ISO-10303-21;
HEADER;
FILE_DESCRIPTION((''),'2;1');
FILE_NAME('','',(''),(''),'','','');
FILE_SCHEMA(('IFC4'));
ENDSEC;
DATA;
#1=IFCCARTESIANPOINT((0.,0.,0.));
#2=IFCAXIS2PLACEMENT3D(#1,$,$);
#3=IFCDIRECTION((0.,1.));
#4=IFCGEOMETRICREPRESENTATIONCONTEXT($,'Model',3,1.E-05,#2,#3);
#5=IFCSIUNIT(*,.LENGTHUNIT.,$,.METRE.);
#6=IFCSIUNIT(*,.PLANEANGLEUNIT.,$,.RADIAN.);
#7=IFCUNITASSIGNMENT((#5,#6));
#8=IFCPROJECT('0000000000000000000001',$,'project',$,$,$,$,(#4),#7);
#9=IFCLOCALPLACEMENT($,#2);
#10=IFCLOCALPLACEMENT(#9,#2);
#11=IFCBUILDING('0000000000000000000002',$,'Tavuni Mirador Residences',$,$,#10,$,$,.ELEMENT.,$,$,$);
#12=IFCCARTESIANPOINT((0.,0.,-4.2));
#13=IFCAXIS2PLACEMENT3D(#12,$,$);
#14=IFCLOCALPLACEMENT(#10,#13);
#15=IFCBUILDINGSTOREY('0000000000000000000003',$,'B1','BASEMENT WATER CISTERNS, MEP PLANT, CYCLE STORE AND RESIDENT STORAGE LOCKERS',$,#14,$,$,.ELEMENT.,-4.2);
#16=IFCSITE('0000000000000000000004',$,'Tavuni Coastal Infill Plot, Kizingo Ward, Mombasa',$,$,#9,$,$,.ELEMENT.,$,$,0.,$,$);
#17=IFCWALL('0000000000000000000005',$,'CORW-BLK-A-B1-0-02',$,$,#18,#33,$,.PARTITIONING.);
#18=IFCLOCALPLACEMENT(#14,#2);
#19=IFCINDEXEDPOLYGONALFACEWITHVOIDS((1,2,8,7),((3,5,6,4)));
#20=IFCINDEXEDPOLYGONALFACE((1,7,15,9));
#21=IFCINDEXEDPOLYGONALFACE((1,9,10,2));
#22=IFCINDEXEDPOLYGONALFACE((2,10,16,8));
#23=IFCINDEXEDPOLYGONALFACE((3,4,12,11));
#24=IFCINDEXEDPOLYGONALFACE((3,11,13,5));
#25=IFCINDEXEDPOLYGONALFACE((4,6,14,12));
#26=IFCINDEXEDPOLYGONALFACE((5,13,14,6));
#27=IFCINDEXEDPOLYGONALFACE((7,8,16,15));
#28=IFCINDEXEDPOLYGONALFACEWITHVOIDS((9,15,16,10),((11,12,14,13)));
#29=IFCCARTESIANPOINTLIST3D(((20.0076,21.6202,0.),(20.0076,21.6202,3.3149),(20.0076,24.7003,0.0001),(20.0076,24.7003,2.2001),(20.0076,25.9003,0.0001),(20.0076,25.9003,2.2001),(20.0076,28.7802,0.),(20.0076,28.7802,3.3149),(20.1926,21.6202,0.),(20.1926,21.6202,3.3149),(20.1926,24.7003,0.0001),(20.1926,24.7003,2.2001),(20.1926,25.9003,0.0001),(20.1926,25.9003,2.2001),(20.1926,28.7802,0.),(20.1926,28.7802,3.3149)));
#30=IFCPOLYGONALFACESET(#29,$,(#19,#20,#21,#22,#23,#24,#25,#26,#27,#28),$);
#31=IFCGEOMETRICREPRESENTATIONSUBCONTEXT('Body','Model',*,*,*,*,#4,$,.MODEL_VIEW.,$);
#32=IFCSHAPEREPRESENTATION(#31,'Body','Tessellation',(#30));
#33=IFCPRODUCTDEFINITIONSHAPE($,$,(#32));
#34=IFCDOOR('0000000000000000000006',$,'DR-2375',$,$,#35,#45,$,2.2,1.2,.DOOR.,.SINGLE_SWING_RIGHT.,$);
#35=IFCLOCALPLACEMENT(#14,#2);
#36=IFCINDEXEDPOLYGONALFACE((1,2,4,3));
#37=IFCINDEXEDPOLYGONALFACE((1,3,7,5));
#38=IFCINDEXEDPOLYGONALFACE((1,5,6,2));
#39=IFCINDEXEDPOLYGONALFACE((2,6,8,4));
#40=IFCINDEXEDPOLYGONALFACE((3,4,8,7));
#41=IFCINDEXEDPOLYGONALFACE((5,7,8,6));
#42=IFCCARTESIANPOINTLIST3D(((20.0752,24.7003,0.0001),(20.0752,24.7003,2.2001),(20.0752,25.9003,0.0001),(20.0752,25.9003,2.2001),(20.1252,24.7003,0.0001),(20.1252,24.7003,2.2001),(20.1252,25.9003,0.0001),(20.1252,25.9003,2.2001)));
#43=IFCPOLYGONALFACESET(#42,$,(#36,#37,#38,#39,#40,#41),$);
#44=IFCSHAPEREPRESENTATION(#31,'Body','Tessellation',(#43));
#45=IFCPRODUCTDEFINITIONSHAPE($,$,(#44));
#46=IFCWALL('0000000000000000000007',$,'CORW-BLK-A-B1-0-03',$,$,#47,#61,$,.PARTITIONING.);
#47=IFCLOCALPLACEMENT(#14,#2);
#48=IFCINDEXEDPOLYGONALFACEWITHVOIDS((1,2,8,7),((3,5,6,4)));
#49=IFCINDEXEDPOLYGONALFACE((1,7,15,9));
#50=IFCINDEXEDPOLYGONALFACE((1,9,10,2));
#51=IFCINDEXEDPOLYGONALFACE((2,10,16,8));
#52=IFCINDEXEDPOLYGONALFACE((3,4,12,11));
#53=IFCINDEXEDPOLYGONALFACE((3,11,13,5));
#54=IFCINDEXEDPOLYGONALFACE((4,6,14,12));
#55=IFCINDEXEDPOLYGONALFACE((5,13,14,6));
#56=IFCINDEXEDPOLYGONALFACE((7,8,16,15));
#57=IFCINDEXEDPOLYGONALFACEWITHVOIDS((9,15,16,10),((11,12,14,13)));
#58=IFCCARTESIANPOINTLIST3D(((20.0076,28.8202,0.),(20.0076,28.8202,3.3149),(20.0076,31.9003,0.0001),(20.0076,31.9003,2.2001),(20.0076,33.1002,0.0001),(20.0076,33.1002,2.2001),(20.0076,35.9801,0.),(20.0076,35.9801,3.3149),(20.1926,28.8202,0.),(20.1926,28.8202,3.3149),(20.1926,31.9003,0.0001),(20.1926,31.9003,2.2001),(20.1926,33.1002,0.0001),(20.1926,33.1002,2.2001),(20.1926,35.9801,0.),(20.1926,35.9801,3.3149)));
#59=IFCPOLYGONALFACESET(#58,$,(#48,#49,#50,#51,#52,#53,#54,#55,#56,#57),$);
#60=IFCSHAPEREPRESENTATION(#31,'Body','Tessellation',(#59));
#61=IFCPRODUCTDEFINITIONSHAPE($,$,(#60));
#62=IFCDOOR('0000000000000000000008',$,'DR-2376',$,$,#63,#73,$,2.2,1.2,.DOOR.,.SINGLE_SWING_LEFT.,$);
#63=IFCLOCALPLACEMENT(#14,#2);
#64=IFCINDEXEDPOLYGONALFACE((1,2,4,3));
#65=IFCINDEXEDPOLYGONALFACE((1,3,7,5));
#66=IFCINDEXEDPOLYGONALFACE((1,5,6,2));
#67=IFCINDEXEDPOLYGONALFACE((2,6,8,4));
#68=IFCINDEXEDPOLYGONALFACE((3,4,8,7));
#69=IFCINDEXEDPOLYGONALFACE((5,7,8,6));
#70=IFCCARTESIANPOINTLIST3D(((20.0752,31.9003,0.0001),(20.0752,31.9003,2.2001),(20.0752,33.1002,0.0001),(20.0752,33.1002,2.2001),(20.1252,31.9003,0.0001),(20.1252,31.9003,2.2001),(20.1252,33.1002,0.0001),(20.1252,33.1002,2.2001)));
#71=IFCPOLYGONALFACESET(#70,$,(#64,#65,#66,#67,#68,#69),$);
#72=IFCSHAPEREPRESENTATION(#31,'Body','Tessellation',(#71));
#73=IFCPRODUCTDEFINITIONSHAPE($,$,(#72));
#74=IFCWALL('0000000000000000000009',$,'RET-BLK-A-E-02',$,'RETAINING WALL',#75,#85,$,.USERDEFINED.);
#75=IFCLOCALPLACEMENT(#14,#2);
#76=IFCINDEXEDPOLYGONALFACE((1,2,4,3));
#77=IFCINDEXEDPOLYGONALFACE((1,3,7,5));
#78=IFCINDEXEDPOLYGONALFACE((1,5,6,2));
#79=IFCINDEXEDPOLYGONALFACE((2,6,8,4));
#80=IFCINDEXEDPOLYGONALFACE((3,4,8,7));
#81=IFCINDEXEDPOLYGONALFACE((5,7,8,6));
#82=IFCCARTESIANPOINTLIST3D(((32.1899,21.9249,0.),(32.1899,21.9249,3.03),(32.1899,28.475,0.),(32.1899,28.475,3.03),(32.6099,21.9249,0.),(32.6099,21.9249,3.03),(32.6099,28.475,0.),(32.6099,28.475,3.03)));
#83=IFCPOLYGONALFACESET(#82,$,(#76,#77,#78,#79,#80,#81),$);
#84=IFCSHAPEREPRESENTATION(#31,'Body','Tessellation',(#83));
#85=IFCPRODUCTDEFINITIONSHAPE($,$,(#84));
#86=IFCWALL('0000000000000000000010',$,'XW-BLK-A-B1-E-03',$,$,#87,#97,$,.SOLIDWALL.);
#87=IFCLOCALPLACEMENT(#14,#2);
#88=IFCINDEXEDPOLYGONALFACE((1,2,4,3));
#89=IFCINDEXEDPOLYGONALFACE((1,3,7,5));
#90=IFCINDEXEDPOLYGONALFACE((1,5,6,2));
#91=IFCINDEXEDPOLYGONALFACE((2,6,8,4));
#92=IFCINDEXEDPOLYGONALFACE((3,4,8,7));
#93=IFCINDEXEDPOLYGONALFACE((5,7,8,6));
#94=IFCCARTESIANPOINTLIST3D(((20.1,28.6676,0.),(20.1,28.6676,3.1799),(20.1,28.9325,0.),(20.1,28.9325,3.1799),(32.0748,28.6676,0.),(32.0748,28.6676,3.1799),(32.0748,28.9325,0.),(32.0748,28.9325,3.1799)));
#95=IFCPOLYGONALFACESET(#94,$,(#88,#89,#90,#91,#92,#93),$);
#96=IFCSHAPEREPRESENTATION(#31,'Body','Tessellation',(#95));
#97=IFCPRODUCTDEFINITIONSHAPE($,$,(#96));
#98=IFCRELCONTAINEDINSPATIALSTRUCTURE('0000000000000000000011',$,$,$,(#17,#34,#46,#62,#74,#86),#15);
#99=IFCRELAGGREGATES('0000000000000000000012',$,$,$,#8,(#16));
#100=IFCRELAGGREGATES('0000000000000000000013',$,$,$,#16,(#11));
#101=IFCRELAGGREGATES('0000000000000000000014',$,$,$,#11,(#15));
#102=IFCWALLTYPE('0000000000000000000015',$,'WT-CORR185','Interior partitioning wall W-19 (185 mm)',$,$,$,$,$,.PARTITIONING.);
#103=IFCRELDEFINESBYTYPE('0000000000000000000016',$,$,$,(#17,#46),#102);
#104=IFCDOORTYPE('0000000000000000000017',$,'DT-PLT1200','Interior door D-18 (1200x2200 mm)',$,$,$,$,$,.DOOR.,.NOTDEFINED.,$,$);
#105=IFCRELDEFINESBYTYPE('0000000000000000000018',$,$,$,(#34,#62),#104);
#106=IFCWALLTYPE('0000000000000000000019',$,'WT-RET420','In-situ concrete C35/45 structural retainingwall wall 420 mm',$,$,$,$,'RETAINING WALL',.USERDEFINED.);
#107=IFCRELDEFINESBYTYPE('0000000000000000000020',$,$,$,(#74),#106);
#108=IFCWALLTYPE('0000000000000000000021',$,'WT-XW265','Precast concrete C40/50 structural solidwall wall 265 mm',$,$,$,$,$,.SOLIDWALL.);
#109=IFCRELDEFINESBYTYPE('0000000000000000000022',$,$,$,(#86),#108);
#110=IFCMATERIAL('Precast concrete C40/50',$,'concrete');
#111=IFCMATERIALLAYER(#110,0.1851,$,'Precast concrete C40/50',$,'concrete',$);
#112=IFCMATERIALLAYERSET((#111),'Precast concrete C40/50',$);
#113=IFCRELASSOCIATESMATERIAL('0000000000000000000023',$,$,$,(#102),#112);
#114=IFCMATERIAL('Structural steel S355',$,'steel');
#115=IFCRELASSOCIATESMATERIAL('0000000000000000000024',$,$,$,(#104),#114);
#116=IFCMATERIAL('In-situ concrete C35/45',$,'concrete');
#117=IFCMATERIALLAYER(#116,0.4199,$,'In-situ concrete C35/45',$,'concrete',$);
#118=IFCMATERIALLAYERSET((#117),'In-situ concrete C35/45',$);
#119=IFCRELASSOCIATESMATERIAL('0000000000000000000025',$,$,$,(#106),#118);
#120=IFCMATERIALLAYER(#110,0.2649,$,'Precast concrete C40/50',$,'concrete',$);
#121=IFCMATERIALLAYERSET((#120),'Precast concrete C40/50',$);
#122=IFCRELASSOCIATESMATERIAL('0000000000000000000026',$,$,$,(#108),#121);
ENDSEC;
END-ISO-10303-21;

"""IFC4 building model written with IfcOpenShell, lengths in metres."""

from ifc_helpers import new_model, si_unit, direction, frame, frame_2d, origin, place, context, subcontext, project, spatial, rectangle, extrude, material, layer, layer_set, type_object, element, fill, save


model = new_model("IFC4")

# Units and contexts
model_context = context("Model", 3, precision=1e-05, world=origin(), true_north=direction((0.0, 1.0)))
body_context = subcontext(model_context, "Body", "Model", "MODEL_VIEW")
ifc_project = project(units=[si_unit("LENGTHUNIT", "METRE"), si_unit("PLANEANGLEUNIT", "RADIAN")], contexts=[model_context])

# Site, building, storey
site_placement = place(None, origin())
site = spatial("IfcSite", under=ifc_project, at=site_placement, Name="Tavuni Coastal Infill Plot, Kizingo Ward, Mombasa", CompositionType="ELEMENT", RefElevation=0.0)
building_placement = place(site_placement, origin())
building = spatial("IfcBuilding", under=site, at=building_placement, Name="Tavuni Mirador Residences", CompositionType="ELEMENT")
storey_placement = place(building_placement, frame((0.0, 0.0, -4.2)))
storey = spatial("IfcBuildingStorey", under=building, at=storey_placement, Name="B1", Description="BASEMENT WATER CISTERNS, MEP PLANT, CYCLE STORE AND RESIDENT STORAGE LOCKERS", CompositionType="ELEMENT", Elevation=-4.2)

# Shared definitions
ifc_material_1 = material(Name="In-situ concrete C35/45", Category="concrete")

# Shared definitions
ifc_material_2 = material(Name="Precast concrete C40/50", Category="concrete")

# Walls, openings, doors
ifc_layer_1 = layer(ifc_material_2, 0.1851, Name="Precast concrete C40/50", Category="concrete")
ifc_layer_set_1 = layer_set([ifc_layer_1], Name="Precast concrete C40/50")
wall_type_1 = type_object("IfcWallType", Name="WT-CORR185", Description="Interior partitioning wall W-19 (185 mm)", PredefinedType="PARTITIONING", material=ifc_layer_set_1)
wall_1_placement = place(storey_placement, frame((20.1001, 21.6201, 0.0), z_axis=(0.0, 0.0, 1.0), x_axis=(0.0, 1.0, 0.0)))
wall_1 = element("IfcWall", 1, at=wall_1_placement, inside=storey, type_object=wall_type_1, Name="CORW-BLK-A-B1-0-02", PredefinedType="PARTITIONING", context=body_context, shape_type="SweptSolid", body=[
    extrude(rectangle(XDim=7.1599, YDim=0.1851, at=frame_2d((3.5801, 0.0))), origin(), (0.0, 0.0, 1.0), 3.3149),
])
opening_1_placement = place(wall_1_placement, frame((3.0801, 0.0, 0.0)))
opening_1 = element("IfcOpeningElement", 2, at=opening_1_placement, cuts=wall_1, PredefinedType="OPENING", context=body_context, shape_type="SweptSolid", body=[
    extrude(rectangle(XDim=1.2, YDim=2.2, at=frame_2d((0.6001, 1.1001))), frame((0.0, 0.1025, 0.0), z_axis=(0.0, -1.0, 0.0), x_axis=(1.0, 0.0, 0.0)), (0.0, 0.0, 1.0), 0.2051),
])
ifc_material_3 = material(Name="Structural steel S355", Category="steel")
door_type = type_object("IfcDoorType", Name="DT-PLT1200", Description="Interior door D-18 (1200x2200 mm)", OperationType="NOTDEFINED", PredefinedType="DOOR", material=ifc_material_3)
door_1_placement = place(opening_1_placement, origin())
door_1 = element("IfcDoor", 3, at=door_1_placement, inside=storey, type_object=door_type, Name="DR-2375", OperationType="SINGLE_SWING_RIGHT", OverallHeight=2.2, OverallWidth=1.2, PredefinedType="DOOR", context=body_context, shape_type="SweptSolid", body=[
    extrude(rectangle(XDim=1.2, YDim=2.2, at=frame_2d((0.6001, 1.1001))), frame((0.0, 0.0249, 0.0), z_axis=(0.0, -1.0, 0.0), x_axis=(1.0, 0.0, 0.0)), (0.0, 0.0, 1.0), 0.05),
])
fill(opening_1, door_1)
wall_2_placement = place(storey_placement, frame((20.1001, 28.8201, 0.0), z_axis=(0.0, 0.0, 1.0), x_axis=(0.0, 1.0, 0.0)))
wall_2 = element("IfcWall", 4, at=wall_2_placement, inside=storey, type_object=wall_type_1, Name="CORW-BLK-A-B1-0-03", PredefinedType="PARTITIONING", context=body_context, shape_type="SweptSolid", body=[
    extrude(rectangle(XDim=7.1599, YDim=0.1851, at=frame_2d((3.5801, 0.0))), origin(), (0.0, 0.0, 1.0), 3.3149),
])
opening_2_placement = place(wall_2_placement, frame((3.0801, 0.0, 0.0)))
opening_2 = element("IfcOpeningElement", 5, at=opening_2_placement, cuts=wall_2, PredefinedType="OPENING", context=body_context, shape_type="SweptSolid", body=[
    extrude(rectangle(XDim=1.2, YDim=2.2, at=frame_2d((0.6001, 1.1001))), frame((0.0, 0.1025, 0.0), z_axis=(0.0, -1.0, 0.0), x_axis=(1.0, 0.0, 0.0)), (0.0, 0.0, 1.0), 0.2051),
])
door_2_placement = place(opening_2_placement, origin())
door_2 = element("IfcDoor", 6, at=door_2_placement, inside=storey, type_object=door_type, Name="DR-2376", OperationType="SINGLE_SWING_LEFT", OverallHeight=2.2, OverallWidth=1.2, PredefinedType="DOOR", context=body_context, shape_type="SweptSolid", body=[
    extrude(rectangle(XDim=1.2, YDim=2.2, at=frame_2d((0.6001, 1.1001))), frame((0.0, 0.0249, 0.0), z_axis=(0.0, -1.0, 0.0), x_axis=(1.0, 0.0, 0.0)), (0.0, 0.0, 1.0), 0.05),
])
fill(opening_2, door_2)

# Walls
ifc_layer_2 = layer(ifc_material_1, 0.4199, Name="In-situ concrete C35/45", Category="concrete")
ifc_layer_set_2 = layer_set([ifc_layer_2], Name="In-situ concrete C35/45")
wall_type_2 = type_object("IfcWallType", Name="WT-RET420", Description="In-situ concrete C35/45 structural retainingwall wall 420 mm", ElementType="RETAINING WALL", PredefinedType="USERDEFINED", material=ifc_layer_set_2)
wall_3_placement = place(storey_placement, frame((32.3999, 21.925, 0.0), z_axis=(0.0, 0.0, 1.0), x_axis=(0.0, 1.0, 0.0)))
element("IfcWall", 7, at=wall_3_placement, inside=storey, type_object=wall_type_2, Name="RET-BLK-A-E-02", ObjectType="RETAINING WALL", PredefinedType="USERDEFINED", context=body_context, shape_type="SweptSolid", body=[
    extrude(rectangle(XDim=6.55, YDim=0.4199, at=frame_2d((3.2749, 0.0))), origin(), (0.0, 0.0, 1.0), 3.03),
])
ifc_layer_3 = layer(ifc_material_2, 0.2649, Name="Precast concrete C40/50", Category="concrete")
ifc_layer_set_3 = layer_set([ifc_layer_3], Name="Precast concrete C40/50")
wall_type_3 = type_object("IfcWallType", Name="WT-XW265", Description="Precast concrete C40/50 structural solidwall wall 265 mm", PredefinedType="SOLIDWALL", material=ifc_layer_set_3)
wall_4_placement = place(storey_placement, frame((20.1001, 28.8, 0.0), z_axis=(0.0, 0.0, 1.0), x_axis=(1.0, 0.0, 0.0)))
element("IfcWall", 8, at=wall_4_placement, inside=storey, type_object=wall_type_3, Name="XW-BLK-A-B1-E-03", PredefinedType="SOLIDWALL", context=body_context, shape_type="SweptSolid", body=[
    extrude(rectangle(XDim=11.9749, YDim=0.2649, at=frame_2d((5.9873, 0.0))), origin(), (0.0, 0.0, 1.0), 3.1799),
])

save(model, "model.ifc")
